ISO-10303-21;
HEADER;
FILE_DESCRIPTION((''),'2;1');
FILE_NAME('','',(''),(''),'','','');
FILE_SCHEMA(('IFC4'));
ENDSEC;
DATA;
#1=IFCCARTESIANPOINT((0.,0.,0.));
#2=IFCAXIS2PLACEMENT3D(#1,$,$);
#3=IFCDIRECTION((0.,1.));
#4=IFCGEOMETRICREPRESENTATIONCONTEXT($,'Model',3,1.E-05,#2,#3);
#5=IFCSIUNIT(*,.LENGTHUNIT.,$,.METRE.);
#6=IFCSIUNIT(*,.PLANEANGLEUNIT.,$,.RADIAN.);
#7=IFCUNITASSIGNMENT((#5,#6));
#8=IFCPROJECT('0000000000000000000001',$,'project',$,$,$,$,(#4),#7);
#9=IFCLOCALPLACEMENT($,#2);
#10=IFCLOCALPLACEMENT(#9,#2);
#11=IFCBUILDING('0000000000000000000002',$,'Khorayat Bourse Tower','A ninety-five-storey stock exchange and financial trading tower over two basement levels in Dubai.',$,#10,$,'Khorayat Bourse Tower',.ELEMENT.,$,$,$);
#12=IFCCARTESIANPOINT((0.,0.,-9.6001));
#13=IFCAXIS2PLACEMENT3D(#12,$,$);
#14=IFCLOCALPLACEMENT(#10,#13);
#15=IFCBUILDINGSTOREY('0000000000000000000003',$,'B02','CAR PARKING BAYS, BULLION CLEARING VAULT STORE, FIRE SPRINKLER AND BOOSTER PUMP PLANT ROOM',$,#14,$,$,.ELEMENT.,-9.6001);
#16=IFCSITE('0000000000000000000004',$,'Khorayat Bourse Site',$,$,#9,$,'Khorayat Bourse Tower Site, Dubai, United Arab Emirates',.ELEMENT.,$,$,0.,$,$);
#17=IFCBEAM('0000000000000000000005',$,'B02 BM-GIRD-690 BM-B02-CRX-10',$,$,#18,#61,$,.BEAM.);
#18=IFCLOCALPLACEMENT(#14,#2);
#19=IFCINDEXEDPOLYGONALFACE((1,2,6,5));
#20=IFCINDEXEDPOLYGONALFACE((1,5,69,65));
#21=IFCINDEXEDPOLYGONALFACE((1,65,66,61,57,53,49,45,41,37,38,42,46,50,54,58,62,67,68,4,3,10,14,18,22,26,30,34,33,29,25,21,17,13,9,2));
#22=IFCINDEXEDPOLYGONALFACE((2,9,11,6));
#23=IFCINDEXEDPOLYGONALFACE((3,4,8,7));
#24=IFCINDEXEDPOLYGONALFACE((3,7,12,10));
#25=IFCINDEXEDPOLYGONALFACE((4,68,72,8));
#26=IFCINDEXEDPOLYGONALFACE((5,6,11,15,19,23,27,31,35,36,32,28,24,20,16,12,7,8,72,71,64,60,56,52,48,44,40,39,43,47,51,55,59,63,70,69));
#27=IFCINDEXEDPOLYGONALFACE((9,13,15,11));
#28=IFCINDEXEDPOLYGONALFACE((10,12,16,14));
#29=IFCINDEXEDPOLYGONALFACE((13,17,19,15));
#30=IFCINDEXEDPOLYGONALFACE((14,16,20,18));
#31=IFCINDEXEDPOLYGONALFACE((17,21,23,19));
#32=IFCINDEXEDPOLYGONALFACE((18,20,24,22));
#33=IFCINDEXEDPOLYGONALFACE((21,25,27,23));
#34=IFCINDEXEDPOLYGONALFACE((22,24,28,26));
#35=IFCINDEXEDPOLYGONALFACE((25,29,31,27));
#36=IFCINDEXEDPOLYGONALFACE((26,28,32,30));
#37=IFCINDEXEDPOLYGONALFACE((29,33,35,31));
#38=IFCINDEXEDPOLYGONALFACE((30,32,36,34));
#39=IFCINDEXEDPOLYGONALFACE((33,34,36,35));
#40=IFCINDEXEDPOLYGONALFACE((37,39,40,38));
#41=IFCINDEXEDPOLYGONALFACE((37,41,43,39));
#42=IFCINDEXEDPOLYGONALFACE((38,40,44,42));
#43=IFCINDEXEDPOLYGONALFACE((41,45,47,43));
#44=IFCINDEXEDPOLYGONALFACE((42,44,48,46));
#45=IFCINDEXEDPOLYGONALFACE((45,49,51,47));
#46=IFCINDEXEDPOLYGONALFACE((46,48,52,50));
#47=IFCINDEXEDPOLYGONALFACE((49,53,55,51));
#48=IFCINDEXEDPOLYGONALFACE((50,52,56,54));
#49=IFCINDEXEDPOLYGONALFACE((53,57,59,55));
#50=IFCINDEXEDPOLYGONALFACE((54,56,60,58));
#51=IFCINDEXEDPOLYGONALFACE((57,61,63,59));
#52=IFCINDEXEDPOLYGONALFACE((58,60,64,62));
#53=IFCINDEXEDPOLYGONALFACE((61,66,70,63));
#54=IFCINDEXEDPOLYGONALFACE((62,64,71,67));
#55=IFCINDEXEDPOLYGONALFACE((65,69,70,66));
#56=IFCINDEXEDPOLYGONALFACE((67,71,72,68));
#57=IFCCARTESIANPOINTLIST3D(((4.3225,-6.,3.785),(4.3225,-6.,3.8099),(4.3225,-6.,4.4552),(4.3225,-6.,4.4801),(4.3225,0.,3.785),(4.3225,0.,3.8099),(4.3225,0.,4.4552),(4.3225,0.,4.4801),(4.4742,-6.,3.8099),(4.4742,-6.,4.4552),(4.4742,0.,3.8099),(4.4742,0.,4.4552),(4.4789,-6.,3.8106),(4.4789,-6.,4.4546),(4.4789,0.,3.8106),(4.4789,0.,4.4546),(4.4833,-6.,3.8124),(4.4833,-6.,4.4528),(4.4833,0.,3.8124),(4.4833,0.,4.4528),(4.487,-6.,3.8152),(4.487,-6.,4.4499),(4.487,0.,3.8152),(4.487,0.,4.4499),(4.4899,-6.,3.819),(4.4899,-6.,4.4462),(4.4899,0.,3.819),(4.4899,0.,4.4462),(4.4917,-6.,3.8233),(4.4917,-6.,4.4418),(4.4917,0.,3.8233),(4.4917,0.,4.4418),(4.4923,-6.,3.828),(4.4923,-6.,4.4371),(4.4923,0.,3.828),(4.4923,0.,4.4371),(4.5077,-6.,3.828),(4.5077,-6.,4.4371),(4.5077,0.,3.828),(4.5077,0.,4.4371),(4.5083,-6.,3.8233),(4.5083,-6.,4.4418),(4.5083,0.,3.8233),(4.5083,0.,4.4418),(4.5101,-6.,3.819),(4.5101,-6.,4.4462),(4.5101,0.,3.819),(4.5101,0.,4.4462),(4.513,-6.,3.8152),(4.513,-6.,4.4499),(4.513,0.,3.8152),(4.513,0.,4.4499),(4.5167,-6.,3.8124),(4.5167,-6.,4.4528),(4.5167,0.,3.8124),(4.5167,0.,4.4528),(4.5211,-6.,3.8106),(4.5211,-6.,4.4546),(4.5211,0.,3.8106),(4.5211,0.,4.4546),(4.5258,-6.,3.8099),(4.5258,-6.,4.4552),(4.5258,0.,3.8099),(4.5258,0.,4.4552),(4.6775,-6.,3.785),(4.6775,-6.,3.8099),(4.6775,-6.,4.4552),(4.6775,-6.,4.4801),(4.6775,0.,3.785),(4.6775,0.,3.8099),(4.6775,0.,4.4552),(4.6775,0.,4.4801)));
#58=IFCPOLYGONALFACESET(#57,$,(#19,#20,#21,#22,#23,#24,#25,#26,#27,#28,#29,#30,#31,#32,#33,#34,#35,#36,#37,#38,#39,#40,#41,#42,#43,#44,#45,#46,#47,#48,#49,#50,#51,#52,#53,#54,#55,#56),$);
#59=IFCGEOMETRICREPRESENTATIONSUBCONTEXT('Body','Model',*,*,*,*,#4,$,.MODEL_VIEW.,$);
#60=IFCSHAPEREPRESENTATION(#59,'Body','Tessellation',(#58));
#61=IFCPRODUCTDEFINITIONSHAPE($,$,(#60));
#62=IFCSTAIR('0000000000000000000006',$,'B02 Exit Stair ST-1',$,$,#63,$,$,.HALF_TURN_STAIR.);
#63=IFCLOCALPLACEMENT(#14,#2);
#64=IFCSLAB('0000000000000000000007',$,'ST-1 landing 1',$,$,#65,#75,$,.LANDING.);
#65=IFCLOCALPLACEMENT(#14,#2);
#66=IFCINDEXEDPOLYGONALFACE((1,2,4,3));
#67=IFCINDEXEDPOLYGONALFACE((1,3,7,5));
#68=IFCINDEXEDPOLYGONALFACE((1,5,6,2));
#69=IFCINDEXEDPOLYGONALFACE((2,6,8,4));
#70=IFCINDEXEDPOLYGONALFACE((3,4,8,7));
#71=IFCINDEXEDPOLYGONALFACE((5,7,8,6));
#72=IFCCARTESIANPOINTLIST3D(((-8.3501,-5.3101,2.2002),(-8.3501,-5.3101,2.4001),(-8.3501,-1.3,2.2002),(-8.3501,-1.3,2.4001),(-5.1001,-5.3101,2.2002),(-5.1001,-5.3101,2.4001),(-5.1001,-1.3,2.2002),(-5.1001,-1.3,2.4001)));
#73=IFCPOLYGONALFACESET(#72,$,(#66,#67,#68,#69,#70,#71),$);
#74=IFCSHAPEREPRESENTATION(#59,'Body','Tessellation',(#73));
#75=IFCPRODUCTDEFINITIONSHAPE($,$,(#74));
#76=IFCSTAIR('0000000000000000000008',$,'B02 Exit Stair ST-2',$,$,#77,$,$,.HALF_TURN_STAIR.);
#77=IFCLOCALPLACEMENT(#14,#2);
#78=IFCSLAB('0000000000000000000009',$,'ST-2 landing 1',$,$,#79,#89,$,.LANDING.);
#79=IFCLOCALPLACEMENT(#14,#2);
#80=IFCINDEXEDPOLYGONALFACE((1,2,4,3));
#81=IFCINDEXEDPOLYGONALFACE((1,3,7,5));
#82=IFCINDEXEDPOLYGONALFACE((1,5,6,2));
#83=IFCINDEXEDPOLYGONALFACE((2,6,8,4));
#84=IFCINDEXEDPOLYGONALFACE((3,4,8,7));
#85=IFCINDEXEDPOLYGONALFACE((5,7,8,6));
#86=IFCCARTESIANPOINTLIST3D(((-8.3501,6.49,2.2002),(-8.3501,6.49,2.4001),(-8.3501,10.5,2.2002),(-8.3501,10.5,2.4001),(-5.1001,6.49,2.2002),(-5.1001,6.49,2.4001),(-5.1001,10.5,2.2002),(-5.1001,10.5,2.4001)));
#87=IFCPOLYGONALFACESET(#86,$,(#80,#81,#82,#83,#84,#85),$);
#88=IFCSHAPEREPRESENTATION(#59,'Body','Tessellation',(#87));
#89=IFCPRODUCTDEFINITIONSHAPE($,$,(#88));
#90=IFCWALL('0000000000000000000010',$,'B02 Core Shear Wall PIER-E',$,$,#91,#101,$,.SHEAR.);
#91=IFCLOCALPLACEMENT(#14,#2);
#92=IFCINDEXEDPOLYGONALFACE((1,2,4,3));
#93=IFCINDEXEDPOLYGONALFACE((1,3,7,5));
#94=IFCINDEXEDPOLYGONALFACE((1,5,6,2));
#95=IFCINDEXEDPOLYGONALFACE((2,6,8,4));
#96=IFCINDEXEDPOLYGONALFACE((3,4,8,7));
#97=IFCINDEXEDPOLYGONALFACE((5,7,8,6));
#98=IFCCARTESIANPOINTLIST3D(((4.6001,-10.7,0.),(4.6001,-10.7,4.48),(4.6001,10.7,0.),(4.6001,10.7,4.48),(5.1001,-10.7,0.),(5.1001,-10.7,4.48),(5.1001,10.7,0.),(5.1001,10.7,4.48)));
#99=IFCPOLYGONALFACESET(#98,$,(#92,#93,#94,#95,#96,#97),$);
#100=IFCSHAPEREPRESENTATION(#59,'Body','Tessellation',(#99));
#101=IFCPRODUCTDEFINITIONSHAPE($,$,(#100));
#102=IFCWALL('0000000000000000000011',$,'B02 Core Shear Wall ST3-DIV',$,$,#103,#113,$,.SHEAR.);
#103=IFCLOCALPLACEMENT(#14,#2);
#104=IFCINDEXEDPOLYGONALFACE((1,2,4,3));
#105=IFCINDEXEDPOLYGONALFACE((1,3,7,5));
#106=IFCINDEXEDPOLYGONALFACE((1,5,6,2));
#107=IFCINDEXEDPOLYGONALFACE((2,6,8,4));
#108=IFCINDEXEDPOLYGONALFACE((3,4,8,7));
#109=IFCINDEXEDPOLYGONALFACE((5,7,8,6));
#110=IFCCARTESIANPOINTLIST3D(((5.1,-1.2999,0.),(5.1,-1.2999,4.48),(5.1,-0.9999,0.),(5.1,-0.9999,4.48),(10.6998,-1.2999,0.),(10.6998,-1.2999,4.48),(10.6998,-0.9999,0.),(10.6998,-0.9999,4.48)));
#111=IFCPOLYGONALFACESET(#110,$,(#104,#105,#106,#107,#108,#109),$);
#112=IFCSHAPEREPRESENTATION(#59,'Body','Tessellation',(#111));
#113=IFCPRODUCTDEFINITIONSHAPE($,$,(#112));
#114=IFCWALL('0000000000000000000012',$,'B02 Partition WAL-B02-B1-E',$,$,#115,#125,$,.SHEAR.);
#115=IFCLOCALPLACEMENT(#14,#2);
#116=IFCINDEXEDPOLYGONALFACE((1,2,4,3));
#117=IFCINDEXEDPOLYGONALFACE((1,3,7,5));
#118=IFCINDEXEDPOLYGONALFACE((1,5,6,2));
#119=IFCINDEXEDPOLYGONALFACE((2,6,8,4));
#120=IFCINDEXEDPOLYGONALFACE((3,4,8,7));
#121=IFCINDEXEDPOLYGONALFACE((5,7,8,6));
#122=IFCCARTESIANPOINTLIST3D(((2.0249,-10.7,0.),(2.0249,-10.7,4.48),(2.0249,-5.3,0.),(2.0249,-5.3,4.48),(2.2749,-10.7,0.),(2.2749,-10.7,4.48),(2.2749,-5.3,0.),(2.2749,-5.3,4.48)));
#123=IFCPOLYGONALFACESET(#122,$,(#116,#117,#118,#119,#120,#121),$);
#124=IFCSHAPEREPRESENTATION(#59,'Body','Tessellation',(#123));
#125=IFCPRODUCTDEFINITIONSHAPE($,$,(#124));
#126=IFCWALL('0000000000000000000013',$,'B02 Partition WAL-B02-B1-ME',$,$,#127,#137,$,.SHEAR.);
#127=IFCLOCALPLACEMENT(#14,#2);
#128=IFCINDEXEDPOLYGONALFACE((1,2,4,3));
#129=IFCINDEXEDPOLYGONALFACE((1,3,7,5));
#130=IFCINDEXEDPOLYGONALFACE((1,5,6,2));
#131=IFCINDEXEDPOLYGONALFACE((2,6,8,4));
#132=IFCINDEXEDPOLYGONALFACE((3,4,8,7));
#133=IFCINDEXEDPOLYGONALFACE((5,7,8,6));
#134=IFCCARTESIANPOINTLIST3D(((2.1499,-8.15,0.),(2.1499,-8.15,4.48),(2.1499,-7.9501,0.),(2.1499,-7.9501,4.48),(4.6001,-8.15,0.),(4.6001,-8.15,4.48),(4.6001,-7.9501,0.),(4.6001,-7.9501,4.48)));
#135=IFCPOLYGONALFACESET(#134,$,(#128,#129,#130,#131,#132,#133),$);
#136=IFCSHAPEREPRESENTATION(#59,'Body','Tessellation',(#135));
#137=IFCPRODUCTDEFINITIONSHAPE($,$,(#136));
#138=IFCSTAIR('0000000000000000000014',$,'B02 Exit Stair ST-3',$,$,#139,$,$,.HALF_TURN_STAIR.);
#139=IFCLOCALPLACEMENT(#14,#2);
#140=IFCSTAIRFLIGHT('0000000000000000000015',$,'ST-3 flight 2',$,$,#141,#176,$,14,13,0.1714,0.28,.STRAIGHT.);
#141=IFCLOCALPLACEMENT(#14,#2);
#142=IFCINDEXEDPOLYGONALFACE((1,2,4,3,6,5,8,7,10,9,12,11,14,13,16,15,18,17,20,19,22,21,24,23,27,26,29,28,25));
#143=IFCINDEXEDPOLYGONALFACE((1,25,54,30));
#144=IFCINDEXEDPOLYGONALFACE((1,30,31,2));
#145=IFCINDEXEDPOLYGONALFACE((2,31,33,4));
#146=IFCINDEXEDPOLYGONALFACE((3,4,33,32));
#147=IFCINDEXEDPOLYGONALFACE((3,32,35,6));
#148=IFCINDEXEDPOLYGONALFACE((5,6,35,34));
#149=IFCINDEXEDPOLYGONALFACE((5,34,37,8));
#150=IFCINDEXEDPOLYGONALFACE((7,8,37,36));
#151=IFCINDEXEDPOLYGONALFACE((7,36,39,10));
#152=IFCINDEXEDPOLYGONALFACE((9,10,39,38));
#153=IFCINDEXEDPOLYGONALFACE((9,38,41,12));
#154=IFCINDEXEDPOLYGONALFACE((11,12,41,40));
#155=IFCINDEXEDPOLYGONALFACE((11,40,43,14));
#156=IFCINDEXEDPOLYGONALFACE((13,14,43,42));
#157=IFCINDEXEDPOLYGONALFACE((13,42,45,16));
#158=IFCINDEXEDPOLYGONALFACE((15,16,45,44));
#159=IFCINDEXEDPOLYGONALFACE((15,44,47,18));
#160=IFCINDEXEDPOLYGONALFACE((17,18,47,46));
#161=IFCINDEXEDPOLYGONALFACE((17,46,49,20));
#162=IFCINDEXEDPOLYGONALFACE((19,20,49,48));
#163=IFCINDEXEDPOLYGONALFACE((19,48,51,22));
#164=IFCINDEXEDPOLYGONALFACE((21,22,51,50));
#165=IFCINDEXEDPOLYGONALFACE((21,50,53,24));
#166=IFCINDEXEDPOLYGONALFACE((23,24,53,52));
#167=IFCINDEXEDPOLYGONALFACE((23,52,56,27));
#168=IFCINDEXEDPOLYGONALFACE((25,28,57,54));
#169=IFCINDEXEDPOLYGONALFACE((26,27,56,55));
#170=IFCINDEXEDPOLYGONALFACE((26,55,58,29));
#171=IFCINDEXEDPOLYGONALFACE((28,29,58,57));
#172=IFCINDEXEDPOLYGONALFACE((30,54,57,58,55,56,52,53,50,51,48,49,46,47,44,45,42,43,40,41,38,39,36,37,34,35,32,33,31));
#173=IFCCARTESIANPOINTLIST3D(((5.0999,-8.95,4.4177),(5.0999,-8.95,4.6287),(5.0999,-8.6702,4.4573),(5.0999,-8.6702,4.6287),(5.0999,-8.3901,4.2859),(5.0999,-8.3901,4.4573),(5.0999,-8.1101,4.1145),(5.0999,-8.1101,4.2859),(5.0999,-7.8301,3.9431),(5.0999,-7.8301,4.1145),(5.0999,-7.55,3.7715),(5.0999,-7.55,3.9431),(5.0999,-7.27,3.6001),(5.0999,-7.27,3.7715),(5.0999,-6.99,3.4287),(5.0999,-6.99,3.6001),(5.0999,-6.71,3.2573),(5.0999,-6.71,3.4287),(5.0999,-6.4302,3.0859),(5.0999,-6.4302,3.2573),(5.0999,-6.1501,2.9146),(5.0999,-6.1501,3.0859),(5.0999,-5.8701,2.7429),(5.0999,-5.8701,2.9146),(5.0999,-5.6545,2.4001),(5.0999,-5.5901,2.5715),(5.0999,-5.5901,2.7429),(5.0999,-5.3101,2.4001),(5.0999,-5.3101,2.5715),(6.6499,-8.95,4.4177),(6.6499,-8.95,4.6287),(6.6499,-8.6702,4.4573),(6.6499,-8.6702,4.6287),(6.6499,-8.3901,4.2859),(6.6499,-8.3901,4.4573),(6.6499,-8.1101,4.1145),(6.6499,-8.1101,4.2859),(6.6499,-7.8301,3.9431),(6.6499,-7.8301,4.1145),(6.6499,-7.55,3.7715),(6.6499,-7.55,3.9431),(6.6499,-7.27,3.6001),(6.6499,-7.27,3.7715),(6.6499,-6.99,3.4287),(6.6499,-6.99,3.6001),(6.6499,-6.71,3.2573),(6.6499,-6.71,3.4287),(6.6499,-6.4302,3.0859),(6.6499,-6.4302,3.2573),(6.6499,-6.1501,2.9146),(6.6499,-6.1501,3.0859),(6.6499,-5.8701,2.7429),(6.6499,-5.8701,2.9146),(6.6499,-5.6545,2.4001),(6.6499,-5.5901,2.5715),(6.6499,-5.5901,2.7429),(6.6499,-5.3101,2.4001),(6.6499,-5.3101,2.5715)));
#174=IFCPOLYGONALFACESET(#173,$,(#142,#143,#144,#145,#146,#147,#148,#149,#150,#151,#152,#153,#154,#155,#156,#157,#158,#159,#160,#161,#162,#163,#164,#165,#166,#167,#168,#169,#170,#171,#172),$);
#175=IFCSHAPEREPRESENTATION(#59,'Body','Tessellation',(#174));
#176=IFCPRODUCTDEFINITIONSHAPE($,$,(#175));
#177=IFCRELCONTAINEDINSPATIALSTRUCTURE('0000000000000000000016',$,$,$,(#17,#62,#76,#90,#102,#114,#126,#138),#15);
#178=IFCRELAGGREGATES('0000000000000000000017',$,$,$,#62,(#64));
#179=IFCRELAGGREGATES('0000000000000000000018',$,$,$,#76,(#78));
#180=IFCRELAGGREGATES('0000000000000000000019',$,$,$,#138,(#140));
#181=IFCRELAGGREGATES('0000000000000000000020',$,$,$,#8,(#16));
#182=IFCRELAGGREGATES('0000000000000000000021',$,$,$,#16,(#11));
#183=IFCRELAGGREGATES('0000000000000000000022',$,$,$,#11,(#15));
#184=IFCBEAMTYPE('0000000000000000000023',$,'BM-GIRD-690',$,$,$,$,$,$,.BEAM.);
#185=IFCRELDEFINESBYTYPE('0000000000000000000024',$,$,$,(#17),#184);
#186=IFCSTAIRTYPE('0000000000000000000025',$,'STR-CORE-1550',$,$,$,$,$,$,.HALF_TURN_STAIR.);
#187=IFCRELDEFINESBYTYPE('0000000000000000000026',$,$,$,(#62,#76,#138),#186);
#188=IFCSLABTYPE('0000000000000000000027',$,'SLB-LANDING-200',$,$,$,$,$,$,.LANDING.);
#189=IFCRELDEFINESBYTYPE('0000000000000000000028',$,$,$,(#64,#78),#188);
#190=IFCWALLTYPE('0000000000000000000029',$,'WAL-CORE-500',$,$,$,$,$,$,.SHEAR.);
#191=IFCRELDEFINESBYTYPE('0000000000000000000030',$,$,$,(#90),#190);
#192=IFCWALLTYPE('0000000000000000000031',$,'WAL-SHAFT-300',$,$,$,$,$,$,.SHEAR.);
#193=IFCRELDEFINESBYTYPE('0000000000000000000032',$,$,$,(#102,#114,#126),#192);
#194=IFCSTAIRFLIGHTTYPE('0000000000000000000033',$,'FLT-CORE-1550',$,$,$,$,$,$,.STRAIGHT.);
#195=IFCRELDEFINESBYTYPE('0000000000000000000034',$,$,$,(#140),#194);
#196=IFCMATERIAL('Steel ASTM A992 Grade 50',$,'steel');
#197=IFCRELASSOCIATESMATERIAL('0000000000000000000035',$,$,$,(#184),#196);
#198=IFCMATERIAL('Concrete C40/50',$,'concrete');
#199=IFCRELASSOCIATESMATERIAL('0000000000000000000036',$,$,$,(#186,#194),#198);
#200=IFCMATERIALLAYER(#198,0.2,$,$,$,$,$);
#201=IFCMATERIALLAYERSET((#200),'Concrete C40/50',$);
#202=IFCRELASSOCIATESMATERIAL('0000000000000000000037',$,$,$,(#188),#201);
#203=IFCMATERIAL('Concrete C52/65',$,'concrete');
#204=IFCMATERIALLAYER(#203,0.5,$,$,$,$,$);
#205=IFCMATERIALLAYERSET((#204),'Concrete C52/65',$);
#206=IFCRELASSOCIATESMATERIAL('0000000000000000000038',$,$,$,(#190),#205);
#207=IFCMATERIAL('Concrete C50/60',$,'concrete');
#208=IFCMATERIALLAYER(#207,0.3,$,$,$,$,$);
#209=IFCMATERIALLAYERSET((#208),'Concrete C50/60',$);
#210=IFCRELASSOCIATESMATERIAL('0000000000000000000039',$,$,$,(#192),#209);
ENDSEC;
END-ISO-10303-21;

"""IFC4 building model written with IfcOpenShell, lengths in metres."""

from ifc_helpers import new_model, si_unit, direction, frame, frame_2d, origin, origin_2d, place, context, subcontext, project, spatial, polyline, rectangle, i_section, outline, extrude, source, transform, mapped, material, layer, layer_set, material_profile, profile_set, type_object, element, aggregate, save


model = new_model("IFC4")

# Units and contexts
model_context = context("Model", 3, precision=1e-05, world=origin(), true_north=direction((0.0, 1.0)))
body_context = subcontext(model_context, "Body", "Model", "MODEL_VIEW")
ifc_project = project(units=[si_unit("LENGTHUNIT", "METRE"), si_unit("PLANEANGLEUNIT", "RADIAN")], contexts=[model_context])

# Site, building, storey
site_placement = place(None, origin())
site = spatial("IfcSite", under=ifc_project, at=site_placement, Name="Khorayat Bourse Site", LongName="Khorayat Bourse Tower Site, Dubai, United Arab Emirates", CompositionType="ELEMENT", RefElevation=0.0)
building_placement = place(site_placement, origin())
building = spatial("IfcBuilding", under=site, at=building_placement, Name="Khorayat Bourse Tower", Description="A ninety-five-storey stock exchange and financial trading tower over two basement levels in Dubai.", LongName="Khorayat Bourse Tower", CompositionType="ELEMENT")
storey_placement = place(building_placement, frame((0.0, 0.0, -9.6001)))
storey = spatial("IfcBuildingStorey", under=building, at=storey_placement, Name="B02", Description="CAR PARKING BAYS, BULLION CLEARING VAULT STORE, FIRE SPRINKLER AND BOOSTER PUMP PLANT ROOM", CompositionType="ELEMENT", Elevation=-9.6001)

# Shared definitions
ifc_material_1 = material(Name="Concrete C50/60", Category="concrete")

# Beam
ifc_material_2 = material(Name="Steel ASTM A992 Grade 50", Category="steel")
ifc_material_profile_1 = material_profile(ifc_material_2, i_section(OverallWidth=0.355, OverallDepth=0.6951, WebThickness=0.0154, FlangeThickness=0.0249, FilletRadius=0.0181, at=origin_2d()), Name="W690X217")
ifc_profile_set_1 = profile_set([ifc_material_profile_1], Name="Steel ASTM A992 Grade 50")
beam_type = type_object("IfcBeamType", Name="BM-GIRD-690", PredefinedType="BEAM", material=ifc_profile_set_1)
shared_shape_1 = source(origin(), body_context, "Body", "SweptSolid", [
    extrude(i_section(OverallWidth=0.355, OverallDepth=0.6951, WebThickness=0.0154, FlangeThickness=0.0249, FilletRadius=0.0181, at=origin_2d()), origin(), (0.0, 0.0, 1.0), 6.0),
])
beam_placement = place(storey_placement, frame((4.5, -6.0, 4.1326), z_axis=(0.0, 1.0, 0.0), x_axis=(-1.0, 0.0, 0.0)))
element("IfcBeam", 1, at=beam_placement, inside=storey, type_object=beam_type, Name="B02 BM-GIRD-690 BM-B02-CRX-10", PredefinedType="BEAM", context=body_context, shape_type="MappedRepresentation", body=[
    mapped(shared_shape_1, transform((0.0, 0.0, 0.0), scale=1.0)),
])

# Stairs, slabs
ifc_material_3 = material(Name="Concrete C40/50", Category="concrete")
stair_type = type_object("IfcStairType", Name="STR-CORE-1550", PredefinedType="HALF_TURN_STAIR", material=ifc_material_3)
stair_1_placement = place(storey_placement, origin())
stair_1 = element("IfcStair", 2, at=stair_1_placement, inside=storey, type_object=stair_type, Name="B02 Exit Stair ST-1", PredefinedType="HALF_TURN_STAIR")
ifc_layer_1 = layer(ifc_material_3, 0.2)
ifc_layer_set_1 = layer_set([ifc_layer_1], Name="Concrete C40/50")
slab_type = type_object("IfcSlabType", Name="SLB-LANDING-200", PredefinedType="LANDING", material=ifc_layer_set_1)
slab_1_placement = place(storey_placement, frame((0.0, 0.0, 2.2002)))
slab_1 = element("IfcSlab", 3, at=slab_1_placement, type_object=slab_type, Name="ST-1 landing 1", PredefinedType="LANDING", context=body_context, shape_type="SweptSolid", body=[
    extrude(outline(polyline([(-5.1001, -5.3101), (-5.1001, -1.3), (-8.3501, -1.3), (-8.3501, -5.3101), (-5.1001, -5.3101)])), origin(), (0.0, 0.0, 1.0), 0.2),
])
aggregate(stair_1, [slab_1])
stair_2_placement = place(storey_placement, origin())
stair_2 = element("IfcStair", 4, at=stair_2_placement, inside=storey, type_object=stair_type, Name="B02 Exit Stair ST-2", PredefinedType="HALF_TURN_STAIR")
slab_2_placement = place(storey_placement, frame((0.0, 0.0, 2.2002)))
slab_2 = element("IfcSlab", 5, at=slab_2_placement, type_object=slab_type, Name="ST-2 landing 1", PredefinedType="LANDING", context=body_context, shape_type="SweptSolid", body=[
    extrude(outline(polyline([(-5.1001, 6.49), (-5.1001, 10.5), (-8.3501, 10.5), (-8.3501, 6.49), (-5.1001, 6.49)])), origin(), (0.0, 0.0, 1.0), 0.2),
])
aggregate(stair_2, [slab_2])

# Walls
ifc_material_4 = material(Name="Concrete C52/65", Category="concrete")
ifc_layer_2 = layer(ifc_material_4, 0.5)
ifc_layer_set_2 = layer_set([ifc_layer_2], Name="Concrete C52/65")
wall_type_1 = type_object("IfcWallType", Name="WAL-CORE-500", PredefinedType="SHEAR", material=ifc_layer_set_2)
shared_shape_2 = source(origin(), body_context, "Body", "SweptSolid", [
    extrude(rectangle(XDim=21.3999, YDim=0.5, at=frame_2d((10.7, 0.0))), origin(), (0.0, 0.0, 1.0), 4.48),
])
wall_1_placement = place(storey_placement, frame((4.8501, -10.7, 0.0), z_axis=(0.0, 0.0, 1.0), x_axis=(0.0, 1.0, 0.0)))
element("IfcWall", 6, at=wall_1_placement, inside=storey, type_object=wall_type_1, Name="B02 Core Shear Wall PIER-E", PredefinedType="SHEAR", context=body_context, shape_type="MappedRepresentation", body=[
    mapped(shared_shape_2, transform((0.0, 0.0, 0.0), scale=1.0)),
])
ifc_layer_3 = layer(ifc_material_1, 0.3)
ifc_layer_set_3 = layer_set([ifc_layer_3], Name="Concrete C50/60")
wall_type_2 = type_object("IfcWallType", Name="WAL-SHAFT-300", PredefinedType="SHEAR", material=ifc_layer_set_3)
shared_shape_3 = source(origin(), body_context, "Body", "SweptSolid", [
    extrude(rectangle(XDim=5.5999, YDim=0.3, at=frame_2d((2.7998, 0.0))), origin(), (0.0, 0.0, 1.0), 4.48),
])
wall_2_placement = place(storey_placement, frame((5.1001, -1.1499, 0.0), z_axis=(0.0, 0.0, 1.0), x_axis=(1.0, 0.0, 0.0)))
element("IfcWall", 7, at=wall_2_placement, inside=storey, type_object=wall_type_2, Name="B02 Core Shear Wall ST3-DIV", PredefinedType="SHEAR", context=body_context, shape_type="MappedRepresentation", body=[
    mapped(shared_shape_3, transform((0.0, 0.0, 0.0), scale=1.0)),
])
shared_shape_4 = source(origin(), body_context, "Body", "SweptSolid", [
    extrude(rectangle(XDim=5.3999, YDim=0.25, at=frame_2d((2.7, 0.0))), origin(), (0.0, 0.0, 1.0), 4.48),
])
wall_3_placement = place(storey_placement, frame((2.1499, -10.7, 0.0), z_axis=(0.0, 0.0, 1.0), x_axis=(0.0, 1.0, 0.0)))
element("IfcWall", 8, at=wall_3_placement, inside=storey, type_object=wall_type_2, Name="B02 Partition WAL-B02-B1-E", PredefinedType="SHEAR", context=body_context, shape_type="MappedRepresentation", body=[
    mapped(shared_shape_4, transform((0.0, 0.0, 0.0), scale=1.0)),
])
shared_shape_5 = source(origin(), body_context, "Body", "SweptSolid", [
    extrude(rectangle(XDim=2.4502, YDim=0.2, at=frame_2d((1.2251, 0.0))), origin(), (0.0, 0.0, 1.0), 4.48),
])
wall_4_placement = place(storey_placement, frame((2.1499, -8.05, 0.0), z_axis=(0.0, 0.0, 1.0), x_axis=(1.0, 0.0, 0.0)))
element("IfcWall", 9, at=wall_4_placement, inside=storey, type_object=wall_type_2, Name="B02 Partition WAL-B02-B1-ME", PredefinedType="SHEAR", context=body_context, shape_type="MappedRepresentation", body=[
    mapped(shared_shape_5, transform((0.0, 0.0, 0.0), scale=1.0)),
])

# Stair, stair flight
stair_3_placement = place(storey_placement, origin())
stair_3 = element("IfcStair", 10, at=stair_3_placement, inside=storey, type_object=stair_type, Name="B02 Exit Stair ST-3", PredefinedType="HALF_TURN_STAIR")
stair_flight_type = type_object("IfcStairFlightType", Name="FLT-CORE-1550", PredefinedType="STRAIGHT", material=ifc_material_3)
shared_shape_6 = source(origin(), body_context, "Body", "SweptSolid", [
    extrude(outline(polyline([(0.0, 0.0), (0.0, 0.1714), (0.28, 0.1714), (0.28, 0.3428), (0.5601, 0.3428), (0.5601, 0.5144), (0.8401, 0.5144), (0.8401, 0.6858), (1.1201, 0.6858), (1.1201, 0.8572), (1.3999, 0.8572), (1.3999, 1.0286), (1.6799, 1.0286), (1.6799, 1.2), (1.96, 1.2), (1.96, 1.3713), (2.24, 1.3713), (2.24, 1.543), (2.52, 1.543), (2.52, 1.7144), (2.8, 1.7144), (2.8, 1.8857), (3.0801, 1.8857), (3.0801, 2.0571), (3.3601, 2.0571), (3.3601, 2.2285), (3.6399, 2.2285), (3.6399, 2.3999), (3.6399, 2.0176), (0.3445, 0.0), (0.0, 0.0)])), frame((0.0, 0.7749, 0.0), z_axis=(0.0, -1.0, 0.0), x_axis=(1.0, 0.0, 0.0)), (0.0, 0.0, 1.0), 1.55),
])
stair_flight_placement = place(storey_placement, frame((5.875, -5.3101, 2.4001), z_axis=(0.0, 0.0, 1.0), x_axis=(0.0, -1.0, 0.0)))
stair_flight = element("IfcStairFlight", 11, at=stair_flight_placement, type_object=stair_flight_type, Name="ST-3 flight 2", NumberOfRisers=14, NumberOfTreads=13, PredefinedType="STRAIGHT", RiserHeight=0.1714, TreadLength=0.28, context=body_context, shape_type="MappedRepresentation", body=[
    mapped(shared_shape_6, transform((0.0, 0.0, 0.0), scale=1.0)),
])
aggregate(stair_3, [stair_flight])

save(model, "model.ifc")
